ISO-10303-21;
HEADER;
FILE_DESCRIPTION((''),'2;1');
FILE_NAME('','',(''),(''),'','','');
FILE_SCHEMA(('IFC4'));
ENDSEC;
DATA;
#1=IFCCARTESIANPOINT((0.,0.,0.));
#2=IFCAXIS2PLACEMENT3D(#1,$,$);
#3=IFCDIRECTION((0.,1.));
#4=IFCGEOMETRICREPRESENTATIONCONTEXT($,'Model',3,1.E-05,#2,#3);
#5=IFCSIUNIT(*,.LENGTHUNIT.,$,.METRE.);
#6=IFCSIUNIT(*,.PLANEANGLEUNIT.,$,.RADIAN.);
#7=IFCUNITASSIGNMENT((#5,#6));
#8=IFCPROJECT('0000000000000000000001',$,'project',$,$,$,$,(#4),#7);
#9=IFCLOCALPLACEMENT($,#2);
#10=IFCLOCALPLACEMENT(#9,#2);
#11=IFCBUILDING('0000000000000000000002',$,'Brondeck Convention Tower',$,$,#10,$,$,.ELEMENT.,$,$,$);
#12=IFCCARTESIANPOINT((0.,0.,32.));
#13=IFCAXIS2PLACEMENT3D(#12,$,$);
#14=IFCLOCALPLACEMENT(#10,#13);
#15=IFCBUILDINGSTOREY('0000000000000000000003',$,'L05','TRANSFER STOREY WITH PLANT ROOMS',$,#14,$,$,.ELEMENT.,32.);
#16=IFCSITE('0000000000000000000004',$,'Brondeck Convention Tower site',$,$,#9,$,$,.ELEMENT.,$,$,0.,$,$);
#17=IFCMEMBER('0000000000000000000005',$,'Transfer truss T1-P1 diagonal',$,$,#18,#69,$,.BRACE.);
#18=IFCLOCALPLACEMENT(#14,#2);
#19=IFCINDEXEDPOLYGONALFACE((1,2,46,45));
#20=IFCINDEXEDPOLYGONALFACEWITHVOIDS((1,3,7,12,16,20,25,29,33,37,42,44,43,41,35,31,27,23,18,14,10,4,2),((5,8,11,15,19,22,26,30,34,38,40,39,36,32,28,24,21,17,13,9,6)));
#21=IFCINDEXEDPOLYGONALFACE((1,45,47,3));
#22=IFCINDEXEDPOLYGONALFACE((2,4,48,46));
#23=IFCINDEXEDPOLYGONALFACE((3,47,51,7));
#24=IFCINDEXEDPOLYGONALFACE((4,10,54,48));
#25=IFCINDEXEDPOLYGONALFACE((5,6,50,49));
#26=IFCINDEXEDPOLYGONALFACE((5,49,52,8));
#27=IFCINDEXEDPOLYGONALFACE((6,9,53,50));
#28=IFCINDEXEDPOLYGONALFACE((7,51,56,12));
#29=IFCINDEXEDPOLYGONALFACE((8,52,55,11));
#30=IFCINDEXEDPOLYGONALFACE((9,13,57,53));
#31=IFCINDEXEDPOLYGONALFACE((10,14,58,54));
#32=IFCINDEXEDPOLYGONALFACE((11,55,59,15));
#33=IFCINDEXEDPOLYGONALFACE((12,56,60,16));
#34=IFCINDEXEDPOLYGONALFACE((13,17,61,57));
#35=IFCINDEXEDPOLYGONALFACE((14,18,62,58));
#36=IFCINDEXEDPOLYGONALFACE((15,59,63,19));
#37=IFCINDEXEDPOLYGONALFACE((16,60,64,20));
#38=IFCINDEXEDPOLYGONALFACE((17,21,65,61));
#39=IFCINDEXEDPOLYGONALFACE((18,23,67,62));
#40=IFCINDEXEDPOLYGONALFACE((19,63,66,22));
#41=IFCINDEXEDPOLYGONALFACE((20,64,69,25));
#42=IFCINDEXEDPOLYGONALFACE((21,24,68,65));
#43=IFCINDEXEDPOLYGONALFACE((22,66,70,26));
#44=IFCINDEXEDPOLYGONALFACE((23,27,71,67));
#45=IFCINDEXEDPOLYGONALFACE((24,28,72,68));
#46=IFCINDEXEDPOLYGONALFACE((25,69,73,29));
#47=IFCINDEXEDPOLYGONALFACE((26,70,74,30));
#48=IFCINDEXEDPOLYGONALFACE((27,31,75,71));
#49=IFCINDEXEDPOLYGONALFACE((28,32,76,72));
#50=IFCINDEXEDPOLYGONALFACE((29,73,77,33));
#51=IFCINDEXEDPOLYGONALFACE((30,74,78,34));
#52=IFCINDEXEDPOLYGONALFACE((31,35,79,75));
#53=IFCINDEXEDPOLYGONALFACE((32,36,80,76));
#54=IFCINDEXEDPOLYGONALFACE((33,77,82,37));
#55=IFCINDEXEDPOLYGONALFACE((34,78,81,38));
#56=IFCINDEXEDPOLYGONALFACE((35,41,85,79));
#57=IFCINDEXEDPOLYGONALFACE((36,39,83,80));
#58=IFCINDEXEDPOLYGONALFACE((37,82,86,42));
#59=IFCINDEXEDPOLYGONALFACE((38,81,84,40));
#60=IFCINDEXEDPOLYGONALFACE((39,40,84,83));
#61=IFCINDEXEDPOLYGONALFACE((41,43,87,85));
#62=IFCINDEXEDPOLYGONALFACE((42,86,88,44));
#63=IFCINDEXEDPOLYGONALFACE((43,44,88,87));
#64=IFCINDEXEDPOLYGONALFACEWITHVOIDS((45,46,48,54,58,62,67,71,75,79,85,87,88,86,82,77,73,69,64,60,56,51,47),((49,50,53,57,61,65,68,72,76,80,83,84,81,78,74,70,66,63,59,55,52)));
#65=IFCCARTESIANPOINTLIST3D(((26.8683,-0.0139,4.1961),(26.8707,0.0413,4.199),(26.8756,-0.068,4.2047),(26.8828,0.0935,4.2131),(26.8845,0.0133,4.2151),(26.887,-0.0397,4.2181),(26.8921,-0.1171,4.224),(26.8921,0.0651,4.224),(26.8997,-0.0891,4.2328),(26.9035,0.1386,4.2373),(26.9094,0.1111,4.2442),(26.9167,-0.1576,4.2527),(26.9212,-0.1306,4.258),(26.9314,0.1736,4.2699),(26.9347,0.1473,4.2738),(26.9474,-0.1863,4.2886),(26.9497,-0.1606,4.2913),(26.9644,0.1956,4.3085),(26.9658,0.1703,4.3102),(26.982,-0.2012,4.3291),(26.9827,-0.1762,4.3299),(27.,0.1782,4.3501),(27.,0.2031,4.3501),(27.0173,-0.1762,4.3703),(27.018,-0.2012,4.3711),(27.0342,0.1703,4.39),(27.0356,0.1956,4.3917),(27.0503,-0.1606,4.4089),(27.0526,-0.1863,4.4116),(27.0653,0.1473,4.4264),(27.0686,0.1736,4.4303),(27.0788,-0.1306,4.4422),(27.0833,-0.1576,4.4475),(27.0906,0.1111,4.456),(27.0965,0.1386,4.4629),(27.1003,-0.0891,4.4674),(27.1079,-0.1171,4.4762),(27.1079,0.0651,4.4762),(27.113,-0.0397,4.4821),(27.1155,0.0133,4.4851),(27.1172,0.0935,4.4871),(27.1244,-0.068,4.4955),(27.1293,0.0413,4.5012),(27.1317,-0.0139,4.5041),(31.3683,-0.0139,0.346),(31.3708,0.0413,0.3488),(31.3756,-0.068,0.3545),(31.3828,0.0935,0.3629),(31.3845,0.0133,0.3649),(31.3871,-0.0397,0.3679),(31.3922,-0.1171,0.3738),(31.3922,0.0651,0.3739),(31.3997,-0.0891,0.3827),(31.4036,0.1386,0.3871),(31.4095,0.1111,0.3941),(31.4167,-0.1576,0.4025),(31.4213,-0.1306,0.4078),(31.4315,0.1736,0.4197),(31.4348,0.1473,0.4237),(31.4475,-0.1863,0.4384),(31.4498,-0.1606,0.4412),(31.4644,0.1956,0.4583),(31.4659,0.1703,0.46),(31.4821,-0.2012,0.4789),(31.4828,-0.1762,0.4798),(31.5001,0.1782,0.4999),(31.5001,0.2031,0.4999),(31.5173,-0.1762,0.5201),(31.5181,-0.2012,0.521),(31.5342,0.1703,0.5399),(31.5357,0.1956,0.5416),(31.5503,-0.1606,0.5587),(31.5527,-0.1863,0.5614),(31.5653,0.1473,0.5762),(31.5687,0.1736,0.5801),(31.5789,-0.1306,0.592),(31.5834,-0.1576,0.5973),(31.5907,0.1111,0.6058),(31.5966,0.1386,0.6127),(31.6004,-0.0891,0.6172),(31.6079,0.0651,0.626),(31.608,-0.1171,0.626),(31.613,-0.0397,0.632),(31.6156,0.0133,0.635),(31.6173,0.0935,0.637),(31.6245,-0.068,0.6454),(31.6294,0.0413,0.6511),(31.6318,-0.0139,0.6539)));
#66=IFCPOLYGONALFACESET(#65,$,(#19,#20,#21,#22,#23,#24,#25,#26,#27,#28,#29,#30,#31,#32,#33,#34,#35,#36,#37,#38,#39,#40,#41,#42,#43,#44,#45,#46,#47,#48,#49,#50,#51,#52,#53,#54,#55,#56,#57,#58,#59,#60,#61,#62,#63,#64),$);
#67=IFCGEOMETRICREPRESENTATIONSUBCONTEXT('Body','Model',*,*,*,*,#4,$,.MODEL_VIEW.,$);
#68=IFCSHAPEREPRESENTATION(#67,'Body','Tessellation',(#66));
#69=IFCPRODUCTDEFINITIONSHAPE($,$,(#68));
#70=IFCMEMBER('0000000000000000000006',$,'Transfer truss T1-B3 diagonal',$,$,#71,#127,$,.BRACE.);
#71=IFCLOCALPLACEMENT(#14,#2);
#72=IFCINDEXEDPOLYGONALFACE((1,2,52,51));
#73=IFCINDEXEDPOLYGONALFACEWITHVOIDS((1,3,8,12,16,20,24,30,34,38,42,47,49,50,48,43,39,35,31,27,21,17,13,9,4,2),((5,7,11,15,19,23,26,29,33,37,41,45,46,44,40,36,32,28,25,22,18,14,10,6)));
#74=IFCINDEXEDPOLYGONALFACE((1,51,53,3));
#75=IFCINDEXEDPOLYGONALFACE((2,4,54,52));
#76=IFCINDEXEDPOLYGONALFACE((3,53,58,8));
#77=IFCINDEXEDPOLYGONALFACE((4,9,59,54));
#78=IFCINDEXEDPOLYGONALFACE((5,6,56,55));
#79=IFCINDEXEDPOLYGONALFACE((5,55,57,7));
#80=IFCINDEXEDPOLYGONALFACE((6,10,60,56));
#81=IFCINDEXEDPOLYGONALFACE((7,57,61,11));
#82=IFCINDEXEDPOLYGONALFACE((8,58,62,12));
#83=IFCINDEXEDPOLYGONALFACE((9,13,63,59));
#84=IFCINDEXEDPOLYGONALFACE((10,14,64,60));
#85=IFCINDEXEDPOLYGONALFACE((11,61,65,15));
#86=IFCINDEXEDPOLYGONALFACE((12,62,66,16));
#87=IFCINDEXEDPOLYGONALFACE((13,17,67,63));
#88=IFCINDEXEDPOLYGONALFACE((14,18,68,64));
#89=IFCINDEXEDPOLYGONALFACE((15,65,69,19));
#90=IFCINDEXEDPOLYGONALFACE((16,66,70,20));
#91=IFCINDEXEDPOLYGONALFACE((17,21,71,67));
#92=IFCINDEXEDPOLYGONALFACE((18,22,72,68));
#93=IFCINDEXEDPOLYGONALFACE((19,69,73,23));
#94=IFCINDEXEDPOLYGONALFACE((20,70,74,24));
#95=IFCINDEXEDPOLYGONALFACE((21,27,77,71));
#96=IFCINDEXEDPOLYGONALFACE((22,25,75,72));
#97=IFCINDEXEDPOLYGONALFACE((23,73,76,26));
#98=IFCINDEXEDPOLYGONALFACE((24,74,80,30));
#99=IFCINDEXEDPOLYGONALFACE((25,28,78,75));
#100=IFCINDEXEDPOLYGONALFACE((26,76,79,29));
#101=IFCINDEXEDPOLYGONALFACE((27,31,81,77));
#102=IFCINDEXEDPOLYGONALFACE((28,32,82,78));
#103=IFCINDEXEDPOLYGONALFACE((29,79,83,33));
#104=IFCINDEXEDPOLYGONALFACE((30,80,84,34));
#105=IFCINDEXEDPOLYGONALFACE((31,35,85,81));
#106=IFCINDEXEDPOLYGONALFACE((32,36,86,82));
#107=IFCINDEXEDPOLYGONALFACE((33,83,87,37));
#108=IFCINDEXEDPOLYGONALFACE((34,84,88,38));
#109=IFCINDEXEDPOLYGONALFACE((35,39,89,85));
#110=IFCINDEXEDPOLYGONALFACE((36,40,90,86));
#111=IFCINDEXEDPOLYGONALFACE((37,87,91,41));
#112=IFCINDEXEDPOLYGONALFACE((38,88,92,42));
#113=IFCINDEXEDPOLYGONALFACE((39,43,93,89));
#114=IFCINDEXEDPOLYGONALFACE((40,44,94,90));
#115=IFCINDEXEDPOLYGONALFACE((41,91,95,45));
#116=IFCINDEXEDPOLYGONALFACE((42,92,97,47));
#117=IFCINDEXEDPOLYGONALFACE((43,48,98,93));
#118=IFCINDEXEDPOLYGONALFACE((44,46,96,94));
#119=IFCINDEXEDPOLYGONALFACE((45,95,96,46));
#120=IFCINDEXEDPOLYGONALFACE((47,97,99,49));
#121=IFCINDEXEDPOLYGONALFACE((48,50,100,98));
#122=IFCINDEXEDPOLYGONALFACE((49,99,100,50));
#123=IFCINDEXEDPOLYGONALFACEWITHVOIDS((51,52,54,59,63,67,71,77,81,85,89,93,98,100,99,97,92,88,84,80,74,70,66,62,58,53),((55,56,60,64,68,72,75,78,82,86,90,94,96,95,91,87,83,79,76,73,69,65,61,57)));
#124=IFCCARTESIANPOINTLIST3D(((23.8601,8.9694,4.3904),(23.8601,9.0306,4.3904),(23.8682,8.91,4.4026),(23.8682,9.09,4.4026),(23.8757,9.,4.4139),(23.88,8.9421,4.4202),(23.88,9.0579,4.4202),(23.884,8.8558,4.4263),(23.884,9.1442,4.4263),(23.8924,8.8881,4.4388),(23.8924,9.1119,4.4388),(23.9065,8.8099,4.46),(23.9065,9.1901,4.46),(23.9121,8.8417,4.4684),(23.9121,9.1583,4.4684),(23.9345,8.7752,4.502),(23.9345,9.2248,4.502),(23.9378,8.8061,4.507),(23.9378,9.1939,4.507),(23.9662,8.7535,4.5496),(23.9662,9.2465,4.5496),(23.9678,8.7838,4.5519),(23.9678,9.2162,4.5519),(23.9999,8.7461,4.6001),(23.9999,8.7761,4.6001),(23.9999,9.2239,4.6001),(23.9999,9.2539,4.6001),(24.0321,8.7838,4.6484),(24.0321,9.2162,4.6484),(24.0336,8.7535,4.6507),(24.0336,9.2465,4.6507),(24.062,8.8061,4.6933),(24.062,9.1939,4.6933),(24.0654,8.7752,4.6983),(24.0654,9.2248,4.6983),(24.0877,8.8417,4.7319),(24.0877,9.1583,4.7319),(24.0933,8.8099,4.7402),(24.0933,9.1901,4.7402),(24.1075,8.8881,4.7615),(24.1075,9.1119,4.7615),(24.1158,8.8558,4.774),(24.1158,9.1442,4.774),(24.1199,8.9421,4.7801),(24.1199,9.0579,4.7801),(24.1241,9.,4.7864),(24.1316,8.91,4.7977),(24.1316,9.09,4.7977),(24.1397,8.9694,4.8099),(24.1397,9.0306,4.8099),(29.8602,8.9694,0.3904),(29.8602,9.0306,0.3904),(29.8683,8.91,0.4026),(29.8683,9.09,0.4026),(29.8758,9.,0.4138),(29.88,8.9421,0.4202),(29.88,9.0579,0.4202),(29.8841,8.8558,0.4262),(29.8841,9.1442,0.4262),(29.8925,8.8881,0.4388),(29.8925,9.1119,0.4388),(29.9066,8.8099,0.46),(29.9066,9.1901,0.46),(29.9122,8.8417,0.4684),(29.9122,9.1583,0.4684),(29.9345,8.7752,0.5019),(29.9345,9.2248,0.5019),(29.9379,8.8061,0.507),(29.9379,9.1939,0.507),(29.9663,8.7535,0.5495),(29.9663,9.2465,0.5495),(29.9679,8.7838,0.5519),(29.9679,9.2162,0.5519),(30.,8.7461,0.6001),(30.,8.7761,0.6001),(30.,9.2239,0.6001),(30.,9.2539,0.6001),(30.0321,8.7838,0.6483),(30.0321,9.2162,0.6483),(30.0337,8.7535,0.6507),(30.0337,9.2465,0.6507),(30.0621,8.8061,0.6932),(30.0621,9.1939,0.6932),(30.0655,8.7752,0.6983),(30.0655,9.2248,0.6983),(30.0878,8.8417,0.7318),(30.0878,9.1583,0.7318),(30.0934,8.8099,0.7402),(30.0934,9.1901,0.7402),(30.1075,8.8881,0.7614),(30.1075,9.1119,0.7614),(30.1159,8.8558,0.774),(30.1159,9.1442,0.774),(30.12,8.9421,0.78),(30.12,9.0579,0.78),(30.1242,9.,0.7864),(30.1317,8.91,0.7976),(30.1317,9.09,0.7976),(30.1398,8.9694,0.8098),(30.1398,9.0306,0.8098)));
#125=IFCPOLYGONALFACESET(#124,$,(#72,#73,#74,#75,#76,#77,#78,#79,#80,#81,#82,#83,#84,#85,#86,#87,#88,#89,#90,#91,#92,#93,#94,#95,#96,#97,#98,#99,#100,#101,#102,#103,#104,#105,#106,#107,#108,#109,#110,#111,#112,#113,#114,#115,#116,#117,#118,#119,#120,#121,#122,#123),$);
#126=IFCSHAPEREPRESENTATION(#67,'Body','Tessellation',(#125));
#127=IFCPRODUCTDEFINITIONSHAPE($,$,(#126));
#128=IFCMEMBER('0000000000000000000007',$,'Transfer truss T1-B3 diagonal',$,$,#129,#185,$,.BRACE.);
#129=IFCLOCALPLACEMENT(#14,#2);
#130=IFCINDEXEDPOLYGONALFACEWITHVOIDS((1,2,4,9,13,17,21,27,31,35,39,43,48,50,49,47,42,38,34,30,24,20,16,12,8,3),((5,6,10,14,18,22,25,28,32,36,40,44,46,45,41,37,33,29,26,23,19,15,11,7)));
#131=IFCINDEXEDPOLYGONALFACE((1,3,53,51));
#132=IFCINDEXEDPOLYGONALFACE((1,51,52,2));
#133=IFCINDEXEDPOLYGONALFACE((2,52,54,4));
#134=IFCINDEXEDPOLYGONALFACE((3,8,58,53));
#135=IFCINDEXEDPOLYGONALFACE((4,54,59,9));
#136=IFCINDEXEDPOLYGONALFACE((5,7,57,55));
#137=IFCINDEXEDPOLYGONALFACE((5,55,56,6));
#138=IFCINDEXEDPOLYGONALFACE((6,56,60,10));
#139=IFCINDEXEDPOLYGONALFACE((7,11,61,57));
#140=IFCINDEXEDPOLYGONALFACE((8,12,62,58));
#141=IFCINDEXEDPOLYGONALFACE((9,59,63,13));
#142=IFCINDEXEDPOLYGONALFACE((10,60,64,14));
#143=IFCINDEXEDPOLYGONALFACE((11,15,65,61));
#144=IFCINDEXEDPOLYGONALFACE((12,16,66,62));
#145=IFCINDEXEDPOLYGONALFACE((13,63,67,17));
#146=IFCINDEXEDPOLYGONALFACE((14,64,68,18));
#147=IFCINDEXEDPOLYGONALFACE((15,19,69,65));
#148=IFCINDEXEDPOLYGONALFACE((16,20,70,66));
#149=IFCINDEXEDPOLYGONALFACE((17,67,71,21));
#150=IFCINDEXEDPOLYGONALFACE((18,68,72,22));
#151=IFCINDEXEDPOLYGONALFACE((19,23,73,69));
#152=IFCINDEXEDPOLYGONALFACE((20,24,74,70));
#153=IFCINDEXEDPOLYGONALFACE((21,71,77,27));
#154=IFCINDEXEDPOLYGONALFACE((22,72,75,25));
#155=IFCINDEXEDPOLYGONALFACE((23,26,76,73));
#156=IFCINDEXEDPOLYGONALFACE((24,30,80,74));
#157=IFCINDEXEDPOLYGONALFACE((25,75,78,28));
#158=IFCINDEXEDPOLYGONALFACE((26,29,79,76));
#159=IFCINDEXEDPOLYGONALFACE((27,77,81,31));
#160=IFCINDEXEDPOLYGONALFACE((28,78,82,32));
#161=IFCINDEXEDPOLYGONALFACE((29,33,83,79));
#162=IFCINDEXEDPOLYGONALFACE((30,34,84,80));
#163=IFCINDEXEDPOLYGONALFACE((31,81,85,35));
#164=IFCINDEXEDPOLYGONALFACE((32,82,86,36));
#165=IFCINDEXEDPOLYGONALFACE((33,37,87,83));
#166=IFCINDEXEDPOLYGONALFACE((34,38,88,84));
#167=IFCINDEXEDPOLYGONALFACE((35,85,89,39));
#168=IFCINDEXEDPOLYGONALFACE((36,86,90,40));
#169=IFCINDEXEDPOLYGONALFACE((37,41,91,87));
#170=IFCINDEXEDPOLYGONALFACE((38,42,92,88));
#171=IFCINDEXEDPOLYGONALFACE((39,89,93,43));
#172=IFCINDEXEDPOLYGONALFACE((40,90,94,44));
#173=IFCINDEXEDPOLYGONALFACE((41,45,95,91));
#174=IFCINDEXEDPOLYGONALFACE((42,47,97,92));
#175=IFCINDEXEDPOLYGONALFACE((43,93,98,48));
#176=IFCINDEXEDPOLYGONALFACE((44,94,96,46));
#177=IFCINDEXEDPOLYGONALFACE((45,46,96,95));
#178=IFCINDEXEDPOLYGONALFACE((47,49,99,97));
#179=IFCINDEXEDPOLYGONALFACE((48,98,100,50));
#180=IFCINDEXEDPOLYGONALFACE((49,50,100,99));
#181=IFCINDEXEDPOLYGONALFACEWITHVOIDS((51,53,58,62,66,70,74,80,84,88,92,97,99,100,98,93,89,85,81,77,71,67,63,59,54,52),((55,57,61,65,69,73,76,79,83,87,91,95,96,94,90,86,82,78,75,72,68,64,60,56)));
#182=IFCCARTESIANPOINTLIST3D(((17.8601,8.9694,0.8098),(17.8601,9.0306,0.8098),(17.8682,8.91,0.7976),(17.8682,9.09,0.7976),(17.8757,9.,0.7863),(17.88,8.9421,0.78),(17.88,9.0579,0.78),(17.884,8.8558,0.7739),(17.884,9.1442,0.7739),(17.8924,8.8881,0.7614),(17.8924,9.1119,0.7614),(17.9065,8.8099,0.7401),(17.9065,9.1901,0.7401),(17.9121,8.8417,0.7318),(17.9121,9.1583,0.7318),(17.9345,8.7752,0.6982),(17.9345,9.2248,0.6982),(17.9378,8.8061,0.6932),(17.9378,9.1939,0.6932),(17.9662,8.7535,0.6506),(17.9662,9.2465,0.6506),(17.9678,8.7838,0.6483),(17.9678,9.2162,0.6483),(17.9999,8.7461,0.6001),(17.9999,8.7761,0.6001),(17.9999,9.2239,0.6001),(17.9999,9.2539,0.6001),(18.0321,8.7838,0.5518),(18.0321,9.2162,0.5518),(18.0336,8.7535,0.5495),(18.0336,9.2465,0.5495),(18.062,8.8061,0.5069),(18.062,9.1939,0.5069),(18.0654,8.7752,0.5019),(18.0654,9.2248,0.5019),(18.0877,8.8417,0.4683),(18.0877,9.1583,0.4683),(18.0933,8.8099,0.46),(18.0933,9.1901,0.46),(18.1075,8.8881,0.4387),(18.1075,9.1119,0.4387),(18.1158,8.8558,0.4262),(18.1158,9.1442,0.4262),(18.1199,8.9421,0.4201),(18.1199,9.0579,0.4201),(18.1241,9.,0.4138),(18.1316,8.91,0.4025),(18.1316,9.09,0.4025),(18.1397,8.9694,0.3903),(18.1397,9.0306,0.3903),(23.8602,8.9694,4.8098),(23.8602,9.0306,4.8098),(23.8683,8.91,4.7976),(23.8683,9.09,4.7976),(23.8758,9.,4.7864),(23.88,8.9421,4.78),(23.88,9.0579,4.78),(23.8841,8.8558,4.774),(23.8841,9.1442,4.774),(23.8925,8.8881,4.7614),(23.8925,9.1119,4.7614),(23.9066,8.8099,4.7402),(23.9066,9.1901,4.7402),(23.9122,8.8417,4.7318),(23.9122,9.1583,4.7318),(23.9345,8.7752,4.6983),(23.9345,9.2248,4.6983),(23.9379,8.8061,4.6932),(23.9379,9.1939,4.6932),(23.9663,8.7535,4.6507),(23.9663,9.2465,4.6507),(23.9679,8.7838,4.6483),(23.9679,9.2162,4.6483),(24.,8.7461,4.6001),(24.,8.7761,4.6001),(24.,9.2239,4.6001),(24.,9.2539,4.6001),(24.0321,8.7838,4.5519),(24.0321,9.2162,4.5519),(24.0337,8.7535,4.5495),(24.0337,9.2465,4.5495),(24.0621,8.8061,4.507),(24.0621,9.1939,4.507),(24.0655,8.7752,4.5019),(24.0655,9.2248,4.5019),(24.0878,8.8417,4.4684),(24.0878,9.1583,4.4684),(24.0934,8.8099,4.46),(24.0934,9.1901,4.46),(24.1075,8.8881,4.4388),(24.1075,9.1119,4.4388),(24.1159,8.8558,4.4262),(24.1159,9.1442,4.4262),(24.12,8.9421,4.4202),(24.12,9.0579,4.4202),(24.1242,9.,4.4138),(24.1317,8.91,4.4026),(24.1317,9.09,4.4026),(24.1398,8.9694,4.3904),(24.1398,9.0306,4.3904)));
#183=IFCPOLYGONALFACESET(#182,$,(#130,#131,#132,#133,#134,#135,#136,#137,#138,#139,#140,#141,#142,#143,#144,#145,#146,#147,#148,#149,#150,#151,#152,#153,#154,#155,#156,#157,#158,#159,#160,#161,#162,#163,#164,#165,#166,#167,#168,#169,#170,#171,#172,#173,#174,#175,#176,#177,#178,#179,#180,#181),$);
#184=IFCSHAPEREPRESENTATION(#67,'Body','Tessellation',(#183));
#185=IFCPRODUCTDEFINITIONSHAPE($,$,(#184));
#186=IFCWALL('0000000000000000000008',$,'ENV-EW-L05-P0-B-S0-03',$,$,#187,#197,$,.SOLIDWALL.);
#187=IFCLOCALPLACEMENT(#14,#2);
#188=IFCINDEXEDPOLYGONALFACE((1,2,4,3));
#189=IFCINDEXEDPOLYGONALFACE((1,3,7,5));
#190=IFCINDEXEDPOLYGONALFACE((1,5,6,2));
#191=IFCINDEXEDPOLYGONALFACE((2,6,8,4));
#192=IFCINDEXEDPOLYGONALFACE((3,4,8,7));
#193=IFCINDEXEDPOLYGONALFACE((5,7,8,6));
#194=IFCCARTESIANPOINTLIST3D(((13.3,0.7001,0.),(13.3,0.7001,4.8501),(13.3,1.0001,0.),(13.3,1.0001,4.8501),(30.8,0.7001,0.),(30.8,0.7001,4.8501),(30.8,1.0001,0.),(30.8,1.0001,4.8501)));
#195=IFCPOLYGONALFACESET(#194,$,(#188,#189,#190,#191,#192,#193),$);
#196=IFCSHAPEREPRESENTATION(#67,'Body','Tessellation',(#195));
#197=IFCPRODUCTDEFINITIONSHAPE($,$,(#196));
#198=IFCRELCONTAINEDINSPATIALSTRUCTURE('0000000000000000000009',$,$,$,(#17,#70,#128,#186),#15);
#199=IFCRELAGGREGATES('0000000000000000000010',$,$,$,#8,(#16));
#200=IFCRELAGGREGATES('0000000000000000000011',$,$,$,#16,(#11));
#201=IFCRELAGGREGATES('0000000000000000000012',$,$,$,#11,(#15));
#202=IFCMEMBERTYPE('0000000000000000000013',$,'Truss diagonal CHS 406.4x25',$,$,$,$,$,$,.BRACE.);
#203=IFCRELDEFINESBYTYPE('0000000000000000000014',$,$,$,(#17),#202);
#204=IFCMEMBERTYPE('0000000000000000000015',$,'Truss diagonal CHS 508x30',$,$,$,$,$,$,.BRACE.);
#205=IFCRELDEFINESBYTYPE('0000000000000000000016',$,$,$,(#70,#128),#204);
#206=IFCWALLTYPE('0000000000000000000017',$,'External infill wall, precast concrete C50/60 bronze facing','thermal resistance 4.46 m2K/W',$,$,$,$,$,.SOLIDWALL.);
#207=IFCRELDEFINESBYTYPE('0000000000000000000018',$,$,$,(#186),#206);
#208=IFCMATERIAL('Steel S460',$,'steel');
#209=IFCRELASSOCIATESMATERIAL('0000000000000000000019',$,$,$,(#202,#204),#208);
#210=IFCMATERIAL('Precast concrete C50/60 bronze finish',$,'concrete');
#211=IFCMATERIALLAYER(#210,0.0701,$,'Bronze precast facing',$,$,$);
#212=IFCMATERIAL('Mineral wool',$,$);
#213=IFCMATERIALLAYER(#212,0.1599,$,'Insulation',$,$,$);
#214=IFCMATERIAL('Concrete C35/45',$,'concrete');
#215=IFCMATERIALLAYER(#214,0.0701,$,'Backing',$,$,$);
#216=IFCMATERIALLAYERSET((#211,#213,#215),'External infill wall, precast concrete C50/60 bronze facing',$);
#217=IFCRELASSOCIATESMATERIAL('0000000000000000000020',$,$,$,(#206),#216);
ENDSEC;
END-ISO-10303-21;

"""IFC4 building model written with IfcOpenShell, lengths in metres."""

from ifc_helpers import new_model, si_unit, direction, frame, frame_2d, origin, origin_2d, place, context, subcontext, project, spatial, rectangle, hollow_circle, extrude, material, layer, layer_set, material_profile, profile_set, type_object, element, save


model = new_model("IFC4")

# Units and contexts
model_context = context("Model", 3, precision=1e-05, world=origin(), true_north=direction((0.0, 1.0)))
body_context = subcontext(model_context, "Body", "Model", "MODEL_VIEW")
ifc_project = project(units=[si_unit("LENGTHUNIT", "METRE"), si_unit("PLANEANGLEUNIT", "RADIAN")], contexts=[model_context])

# Site, building, storey
site_placement = place(None, origin())
site = spatial("IfcSite", under=ifc_project, at=site_placement, Name="Brondeck Convention Tower site", CompositionType="ELEMENT", RefElevation=0.0)
building_placement = place(site_placement, origin())
building = spatial("IfcBuilding", under=site, at=building_placement, Name="Brondeck Convention Tower", CompositionType="ELEMENT")
storey_placement = place(building_placement, frame((0.0, 0.0, 32.0)))
storey = spatial("IfcBuildingStorey", under=building, at=storey_placement, Name="L05", Description="TRANSFER STOREY WITH PLANT ROOMS", CompositionType="ELEMENT", Elevation=32.0)

# Shared definitions
ifc_material_1 = material(Name="Steel S460", Category="steel")

# Members
ifc_material_profile_1 = material_profile(ifc_material_1, hollow_circle(Radius=0.2031, WallThickness=0.0249, at=origin_2d()), Name="CHS 406.4x25")
ifc_profile_set_1 = profile_set([ifc_material_profile_1], Name="Steel S460")
member_type_1 = type_object("IfcMemberType", Name="Truss diagonal CHS 406.4x25", PredefinedType="BRACE", material=ifc_profile_set_1)
for number, where, z_axis, x_axis, name in (
    (1, (27.0, 0.0, 4.3501), (0.759844, 0.0, -0.650105), (0.0, 1.0, 0.0), "Transfer truss T1-P1 diagonal"),
):
    element("IfcMember", number, at=place(storey_placement, frame(where, z_axis=z_axis, x_axis=x_axis)), inside=storey, type_object=member_type_1, Name=name, PredefinedType="BRACE", context=body_context, shape_type="SweptSolid", body=[
        extrude(hollow_circle(Radius=0.2031, WallThickness=0.0249, at=origin_2d()), origin(), (0.0, 0.0, 1.0), 5.9224),
    ])
ifc_material_profile_2 = material_profile(ifc_material_1, hollow_circle(Radius=0.2539, WallThickness=0.03, at=origin_2d()), Name="CHS 508x30")
ifc_profile_set_2 = profile_set([ifc_material_profile_2], Name="Steel S460")
member_type_2 = type_object("IfcMemberType", Name="Truss diagonal CHS 508x30", PredefinedType="BRACE", material=ifc_profile_set_2)
for number, where, z_axis, x_axis, name in (
    (2, (30.0, 9.0, 0.6001), (-0.83205, 0.0, 0.5547), (0.0, -1.0, 0.0), "Transfer truss T1-B3 diagonal"),
    (3, (24.0, 9.0, 4.6001), (-0.83205, 0.0, -0.5547), (0.0, -1.0, 0.0), "Transfer truss T1-B3 diagonal"),
):
    element("IfcMember", number, at=place(storey_placement, frame(where, z_axis=z_axis, x_axis=x_axis)), inside=storey, type_object=member_type_2, Name=name, PredefinedType="BRACE", context=body_context, shape_type="SweptSolid", body=[
        extrude(hollow_circle(Radius=0.2539, WallThickness=0.03, at=origin_2d()), origin(), (0.0, 0.0, 1.0), 7.2112),
    ])

# Wall
ifc_material_2 = material(Name="Precast concrete C50/60 bronze finish", Category="concrete")
ifc_layer_1 = layer(ifc_material_2, 0.0701, Name="Bronze precast facing")
ifc_material_3 = material(Name="Mineral wool")
ifc_layer_2 = layer(ifc_material_3, 0.1599, Name="Insulation")
ifc_material_4 = material(Name="Concrete C35/45", Category="concrete")
ifc_layer_3 = layer(ifc_material_4, 0.0701, Name="Backing")
ifc_layer_set_1 = layer_set([ifc_layer_1, ifc_layer_2, ifc_layer_3], Name="External infill wall, precast concrete C50/60 bronze facing")
wall_type = type_object("IfcWallType", Name="External infill wall, precast concrete C50/60 bronze facing", Description="thermal resistance 4.46 m2K/W", PredefinedType="SOLIDWALL", material=ifc_layer_set_1)
wall_1_placement = place(storey_placement, frame((30.8, 0.8501, 0.0), z_axis=(0.0, 0.0, 1.0), x_axis=(-1.0, 0.0, 0.0)))
element("IfcWall", 4, at=wall_1_placement, inside=storey, type_object=wall_type, Name="ENV-EW-L05-P0-B-S0-03", PredefinedType="SOLIDWALL", context=body_context, shape_type="SweptSolid", body=[
    extrude(rectangle(XDim=17.5, YDim=0.3, at=frame_2d((8.75, 0.0))), origin(), (0.0, 0.0, 1.0), 4.8501),
])

save(model, "model.ifc")
